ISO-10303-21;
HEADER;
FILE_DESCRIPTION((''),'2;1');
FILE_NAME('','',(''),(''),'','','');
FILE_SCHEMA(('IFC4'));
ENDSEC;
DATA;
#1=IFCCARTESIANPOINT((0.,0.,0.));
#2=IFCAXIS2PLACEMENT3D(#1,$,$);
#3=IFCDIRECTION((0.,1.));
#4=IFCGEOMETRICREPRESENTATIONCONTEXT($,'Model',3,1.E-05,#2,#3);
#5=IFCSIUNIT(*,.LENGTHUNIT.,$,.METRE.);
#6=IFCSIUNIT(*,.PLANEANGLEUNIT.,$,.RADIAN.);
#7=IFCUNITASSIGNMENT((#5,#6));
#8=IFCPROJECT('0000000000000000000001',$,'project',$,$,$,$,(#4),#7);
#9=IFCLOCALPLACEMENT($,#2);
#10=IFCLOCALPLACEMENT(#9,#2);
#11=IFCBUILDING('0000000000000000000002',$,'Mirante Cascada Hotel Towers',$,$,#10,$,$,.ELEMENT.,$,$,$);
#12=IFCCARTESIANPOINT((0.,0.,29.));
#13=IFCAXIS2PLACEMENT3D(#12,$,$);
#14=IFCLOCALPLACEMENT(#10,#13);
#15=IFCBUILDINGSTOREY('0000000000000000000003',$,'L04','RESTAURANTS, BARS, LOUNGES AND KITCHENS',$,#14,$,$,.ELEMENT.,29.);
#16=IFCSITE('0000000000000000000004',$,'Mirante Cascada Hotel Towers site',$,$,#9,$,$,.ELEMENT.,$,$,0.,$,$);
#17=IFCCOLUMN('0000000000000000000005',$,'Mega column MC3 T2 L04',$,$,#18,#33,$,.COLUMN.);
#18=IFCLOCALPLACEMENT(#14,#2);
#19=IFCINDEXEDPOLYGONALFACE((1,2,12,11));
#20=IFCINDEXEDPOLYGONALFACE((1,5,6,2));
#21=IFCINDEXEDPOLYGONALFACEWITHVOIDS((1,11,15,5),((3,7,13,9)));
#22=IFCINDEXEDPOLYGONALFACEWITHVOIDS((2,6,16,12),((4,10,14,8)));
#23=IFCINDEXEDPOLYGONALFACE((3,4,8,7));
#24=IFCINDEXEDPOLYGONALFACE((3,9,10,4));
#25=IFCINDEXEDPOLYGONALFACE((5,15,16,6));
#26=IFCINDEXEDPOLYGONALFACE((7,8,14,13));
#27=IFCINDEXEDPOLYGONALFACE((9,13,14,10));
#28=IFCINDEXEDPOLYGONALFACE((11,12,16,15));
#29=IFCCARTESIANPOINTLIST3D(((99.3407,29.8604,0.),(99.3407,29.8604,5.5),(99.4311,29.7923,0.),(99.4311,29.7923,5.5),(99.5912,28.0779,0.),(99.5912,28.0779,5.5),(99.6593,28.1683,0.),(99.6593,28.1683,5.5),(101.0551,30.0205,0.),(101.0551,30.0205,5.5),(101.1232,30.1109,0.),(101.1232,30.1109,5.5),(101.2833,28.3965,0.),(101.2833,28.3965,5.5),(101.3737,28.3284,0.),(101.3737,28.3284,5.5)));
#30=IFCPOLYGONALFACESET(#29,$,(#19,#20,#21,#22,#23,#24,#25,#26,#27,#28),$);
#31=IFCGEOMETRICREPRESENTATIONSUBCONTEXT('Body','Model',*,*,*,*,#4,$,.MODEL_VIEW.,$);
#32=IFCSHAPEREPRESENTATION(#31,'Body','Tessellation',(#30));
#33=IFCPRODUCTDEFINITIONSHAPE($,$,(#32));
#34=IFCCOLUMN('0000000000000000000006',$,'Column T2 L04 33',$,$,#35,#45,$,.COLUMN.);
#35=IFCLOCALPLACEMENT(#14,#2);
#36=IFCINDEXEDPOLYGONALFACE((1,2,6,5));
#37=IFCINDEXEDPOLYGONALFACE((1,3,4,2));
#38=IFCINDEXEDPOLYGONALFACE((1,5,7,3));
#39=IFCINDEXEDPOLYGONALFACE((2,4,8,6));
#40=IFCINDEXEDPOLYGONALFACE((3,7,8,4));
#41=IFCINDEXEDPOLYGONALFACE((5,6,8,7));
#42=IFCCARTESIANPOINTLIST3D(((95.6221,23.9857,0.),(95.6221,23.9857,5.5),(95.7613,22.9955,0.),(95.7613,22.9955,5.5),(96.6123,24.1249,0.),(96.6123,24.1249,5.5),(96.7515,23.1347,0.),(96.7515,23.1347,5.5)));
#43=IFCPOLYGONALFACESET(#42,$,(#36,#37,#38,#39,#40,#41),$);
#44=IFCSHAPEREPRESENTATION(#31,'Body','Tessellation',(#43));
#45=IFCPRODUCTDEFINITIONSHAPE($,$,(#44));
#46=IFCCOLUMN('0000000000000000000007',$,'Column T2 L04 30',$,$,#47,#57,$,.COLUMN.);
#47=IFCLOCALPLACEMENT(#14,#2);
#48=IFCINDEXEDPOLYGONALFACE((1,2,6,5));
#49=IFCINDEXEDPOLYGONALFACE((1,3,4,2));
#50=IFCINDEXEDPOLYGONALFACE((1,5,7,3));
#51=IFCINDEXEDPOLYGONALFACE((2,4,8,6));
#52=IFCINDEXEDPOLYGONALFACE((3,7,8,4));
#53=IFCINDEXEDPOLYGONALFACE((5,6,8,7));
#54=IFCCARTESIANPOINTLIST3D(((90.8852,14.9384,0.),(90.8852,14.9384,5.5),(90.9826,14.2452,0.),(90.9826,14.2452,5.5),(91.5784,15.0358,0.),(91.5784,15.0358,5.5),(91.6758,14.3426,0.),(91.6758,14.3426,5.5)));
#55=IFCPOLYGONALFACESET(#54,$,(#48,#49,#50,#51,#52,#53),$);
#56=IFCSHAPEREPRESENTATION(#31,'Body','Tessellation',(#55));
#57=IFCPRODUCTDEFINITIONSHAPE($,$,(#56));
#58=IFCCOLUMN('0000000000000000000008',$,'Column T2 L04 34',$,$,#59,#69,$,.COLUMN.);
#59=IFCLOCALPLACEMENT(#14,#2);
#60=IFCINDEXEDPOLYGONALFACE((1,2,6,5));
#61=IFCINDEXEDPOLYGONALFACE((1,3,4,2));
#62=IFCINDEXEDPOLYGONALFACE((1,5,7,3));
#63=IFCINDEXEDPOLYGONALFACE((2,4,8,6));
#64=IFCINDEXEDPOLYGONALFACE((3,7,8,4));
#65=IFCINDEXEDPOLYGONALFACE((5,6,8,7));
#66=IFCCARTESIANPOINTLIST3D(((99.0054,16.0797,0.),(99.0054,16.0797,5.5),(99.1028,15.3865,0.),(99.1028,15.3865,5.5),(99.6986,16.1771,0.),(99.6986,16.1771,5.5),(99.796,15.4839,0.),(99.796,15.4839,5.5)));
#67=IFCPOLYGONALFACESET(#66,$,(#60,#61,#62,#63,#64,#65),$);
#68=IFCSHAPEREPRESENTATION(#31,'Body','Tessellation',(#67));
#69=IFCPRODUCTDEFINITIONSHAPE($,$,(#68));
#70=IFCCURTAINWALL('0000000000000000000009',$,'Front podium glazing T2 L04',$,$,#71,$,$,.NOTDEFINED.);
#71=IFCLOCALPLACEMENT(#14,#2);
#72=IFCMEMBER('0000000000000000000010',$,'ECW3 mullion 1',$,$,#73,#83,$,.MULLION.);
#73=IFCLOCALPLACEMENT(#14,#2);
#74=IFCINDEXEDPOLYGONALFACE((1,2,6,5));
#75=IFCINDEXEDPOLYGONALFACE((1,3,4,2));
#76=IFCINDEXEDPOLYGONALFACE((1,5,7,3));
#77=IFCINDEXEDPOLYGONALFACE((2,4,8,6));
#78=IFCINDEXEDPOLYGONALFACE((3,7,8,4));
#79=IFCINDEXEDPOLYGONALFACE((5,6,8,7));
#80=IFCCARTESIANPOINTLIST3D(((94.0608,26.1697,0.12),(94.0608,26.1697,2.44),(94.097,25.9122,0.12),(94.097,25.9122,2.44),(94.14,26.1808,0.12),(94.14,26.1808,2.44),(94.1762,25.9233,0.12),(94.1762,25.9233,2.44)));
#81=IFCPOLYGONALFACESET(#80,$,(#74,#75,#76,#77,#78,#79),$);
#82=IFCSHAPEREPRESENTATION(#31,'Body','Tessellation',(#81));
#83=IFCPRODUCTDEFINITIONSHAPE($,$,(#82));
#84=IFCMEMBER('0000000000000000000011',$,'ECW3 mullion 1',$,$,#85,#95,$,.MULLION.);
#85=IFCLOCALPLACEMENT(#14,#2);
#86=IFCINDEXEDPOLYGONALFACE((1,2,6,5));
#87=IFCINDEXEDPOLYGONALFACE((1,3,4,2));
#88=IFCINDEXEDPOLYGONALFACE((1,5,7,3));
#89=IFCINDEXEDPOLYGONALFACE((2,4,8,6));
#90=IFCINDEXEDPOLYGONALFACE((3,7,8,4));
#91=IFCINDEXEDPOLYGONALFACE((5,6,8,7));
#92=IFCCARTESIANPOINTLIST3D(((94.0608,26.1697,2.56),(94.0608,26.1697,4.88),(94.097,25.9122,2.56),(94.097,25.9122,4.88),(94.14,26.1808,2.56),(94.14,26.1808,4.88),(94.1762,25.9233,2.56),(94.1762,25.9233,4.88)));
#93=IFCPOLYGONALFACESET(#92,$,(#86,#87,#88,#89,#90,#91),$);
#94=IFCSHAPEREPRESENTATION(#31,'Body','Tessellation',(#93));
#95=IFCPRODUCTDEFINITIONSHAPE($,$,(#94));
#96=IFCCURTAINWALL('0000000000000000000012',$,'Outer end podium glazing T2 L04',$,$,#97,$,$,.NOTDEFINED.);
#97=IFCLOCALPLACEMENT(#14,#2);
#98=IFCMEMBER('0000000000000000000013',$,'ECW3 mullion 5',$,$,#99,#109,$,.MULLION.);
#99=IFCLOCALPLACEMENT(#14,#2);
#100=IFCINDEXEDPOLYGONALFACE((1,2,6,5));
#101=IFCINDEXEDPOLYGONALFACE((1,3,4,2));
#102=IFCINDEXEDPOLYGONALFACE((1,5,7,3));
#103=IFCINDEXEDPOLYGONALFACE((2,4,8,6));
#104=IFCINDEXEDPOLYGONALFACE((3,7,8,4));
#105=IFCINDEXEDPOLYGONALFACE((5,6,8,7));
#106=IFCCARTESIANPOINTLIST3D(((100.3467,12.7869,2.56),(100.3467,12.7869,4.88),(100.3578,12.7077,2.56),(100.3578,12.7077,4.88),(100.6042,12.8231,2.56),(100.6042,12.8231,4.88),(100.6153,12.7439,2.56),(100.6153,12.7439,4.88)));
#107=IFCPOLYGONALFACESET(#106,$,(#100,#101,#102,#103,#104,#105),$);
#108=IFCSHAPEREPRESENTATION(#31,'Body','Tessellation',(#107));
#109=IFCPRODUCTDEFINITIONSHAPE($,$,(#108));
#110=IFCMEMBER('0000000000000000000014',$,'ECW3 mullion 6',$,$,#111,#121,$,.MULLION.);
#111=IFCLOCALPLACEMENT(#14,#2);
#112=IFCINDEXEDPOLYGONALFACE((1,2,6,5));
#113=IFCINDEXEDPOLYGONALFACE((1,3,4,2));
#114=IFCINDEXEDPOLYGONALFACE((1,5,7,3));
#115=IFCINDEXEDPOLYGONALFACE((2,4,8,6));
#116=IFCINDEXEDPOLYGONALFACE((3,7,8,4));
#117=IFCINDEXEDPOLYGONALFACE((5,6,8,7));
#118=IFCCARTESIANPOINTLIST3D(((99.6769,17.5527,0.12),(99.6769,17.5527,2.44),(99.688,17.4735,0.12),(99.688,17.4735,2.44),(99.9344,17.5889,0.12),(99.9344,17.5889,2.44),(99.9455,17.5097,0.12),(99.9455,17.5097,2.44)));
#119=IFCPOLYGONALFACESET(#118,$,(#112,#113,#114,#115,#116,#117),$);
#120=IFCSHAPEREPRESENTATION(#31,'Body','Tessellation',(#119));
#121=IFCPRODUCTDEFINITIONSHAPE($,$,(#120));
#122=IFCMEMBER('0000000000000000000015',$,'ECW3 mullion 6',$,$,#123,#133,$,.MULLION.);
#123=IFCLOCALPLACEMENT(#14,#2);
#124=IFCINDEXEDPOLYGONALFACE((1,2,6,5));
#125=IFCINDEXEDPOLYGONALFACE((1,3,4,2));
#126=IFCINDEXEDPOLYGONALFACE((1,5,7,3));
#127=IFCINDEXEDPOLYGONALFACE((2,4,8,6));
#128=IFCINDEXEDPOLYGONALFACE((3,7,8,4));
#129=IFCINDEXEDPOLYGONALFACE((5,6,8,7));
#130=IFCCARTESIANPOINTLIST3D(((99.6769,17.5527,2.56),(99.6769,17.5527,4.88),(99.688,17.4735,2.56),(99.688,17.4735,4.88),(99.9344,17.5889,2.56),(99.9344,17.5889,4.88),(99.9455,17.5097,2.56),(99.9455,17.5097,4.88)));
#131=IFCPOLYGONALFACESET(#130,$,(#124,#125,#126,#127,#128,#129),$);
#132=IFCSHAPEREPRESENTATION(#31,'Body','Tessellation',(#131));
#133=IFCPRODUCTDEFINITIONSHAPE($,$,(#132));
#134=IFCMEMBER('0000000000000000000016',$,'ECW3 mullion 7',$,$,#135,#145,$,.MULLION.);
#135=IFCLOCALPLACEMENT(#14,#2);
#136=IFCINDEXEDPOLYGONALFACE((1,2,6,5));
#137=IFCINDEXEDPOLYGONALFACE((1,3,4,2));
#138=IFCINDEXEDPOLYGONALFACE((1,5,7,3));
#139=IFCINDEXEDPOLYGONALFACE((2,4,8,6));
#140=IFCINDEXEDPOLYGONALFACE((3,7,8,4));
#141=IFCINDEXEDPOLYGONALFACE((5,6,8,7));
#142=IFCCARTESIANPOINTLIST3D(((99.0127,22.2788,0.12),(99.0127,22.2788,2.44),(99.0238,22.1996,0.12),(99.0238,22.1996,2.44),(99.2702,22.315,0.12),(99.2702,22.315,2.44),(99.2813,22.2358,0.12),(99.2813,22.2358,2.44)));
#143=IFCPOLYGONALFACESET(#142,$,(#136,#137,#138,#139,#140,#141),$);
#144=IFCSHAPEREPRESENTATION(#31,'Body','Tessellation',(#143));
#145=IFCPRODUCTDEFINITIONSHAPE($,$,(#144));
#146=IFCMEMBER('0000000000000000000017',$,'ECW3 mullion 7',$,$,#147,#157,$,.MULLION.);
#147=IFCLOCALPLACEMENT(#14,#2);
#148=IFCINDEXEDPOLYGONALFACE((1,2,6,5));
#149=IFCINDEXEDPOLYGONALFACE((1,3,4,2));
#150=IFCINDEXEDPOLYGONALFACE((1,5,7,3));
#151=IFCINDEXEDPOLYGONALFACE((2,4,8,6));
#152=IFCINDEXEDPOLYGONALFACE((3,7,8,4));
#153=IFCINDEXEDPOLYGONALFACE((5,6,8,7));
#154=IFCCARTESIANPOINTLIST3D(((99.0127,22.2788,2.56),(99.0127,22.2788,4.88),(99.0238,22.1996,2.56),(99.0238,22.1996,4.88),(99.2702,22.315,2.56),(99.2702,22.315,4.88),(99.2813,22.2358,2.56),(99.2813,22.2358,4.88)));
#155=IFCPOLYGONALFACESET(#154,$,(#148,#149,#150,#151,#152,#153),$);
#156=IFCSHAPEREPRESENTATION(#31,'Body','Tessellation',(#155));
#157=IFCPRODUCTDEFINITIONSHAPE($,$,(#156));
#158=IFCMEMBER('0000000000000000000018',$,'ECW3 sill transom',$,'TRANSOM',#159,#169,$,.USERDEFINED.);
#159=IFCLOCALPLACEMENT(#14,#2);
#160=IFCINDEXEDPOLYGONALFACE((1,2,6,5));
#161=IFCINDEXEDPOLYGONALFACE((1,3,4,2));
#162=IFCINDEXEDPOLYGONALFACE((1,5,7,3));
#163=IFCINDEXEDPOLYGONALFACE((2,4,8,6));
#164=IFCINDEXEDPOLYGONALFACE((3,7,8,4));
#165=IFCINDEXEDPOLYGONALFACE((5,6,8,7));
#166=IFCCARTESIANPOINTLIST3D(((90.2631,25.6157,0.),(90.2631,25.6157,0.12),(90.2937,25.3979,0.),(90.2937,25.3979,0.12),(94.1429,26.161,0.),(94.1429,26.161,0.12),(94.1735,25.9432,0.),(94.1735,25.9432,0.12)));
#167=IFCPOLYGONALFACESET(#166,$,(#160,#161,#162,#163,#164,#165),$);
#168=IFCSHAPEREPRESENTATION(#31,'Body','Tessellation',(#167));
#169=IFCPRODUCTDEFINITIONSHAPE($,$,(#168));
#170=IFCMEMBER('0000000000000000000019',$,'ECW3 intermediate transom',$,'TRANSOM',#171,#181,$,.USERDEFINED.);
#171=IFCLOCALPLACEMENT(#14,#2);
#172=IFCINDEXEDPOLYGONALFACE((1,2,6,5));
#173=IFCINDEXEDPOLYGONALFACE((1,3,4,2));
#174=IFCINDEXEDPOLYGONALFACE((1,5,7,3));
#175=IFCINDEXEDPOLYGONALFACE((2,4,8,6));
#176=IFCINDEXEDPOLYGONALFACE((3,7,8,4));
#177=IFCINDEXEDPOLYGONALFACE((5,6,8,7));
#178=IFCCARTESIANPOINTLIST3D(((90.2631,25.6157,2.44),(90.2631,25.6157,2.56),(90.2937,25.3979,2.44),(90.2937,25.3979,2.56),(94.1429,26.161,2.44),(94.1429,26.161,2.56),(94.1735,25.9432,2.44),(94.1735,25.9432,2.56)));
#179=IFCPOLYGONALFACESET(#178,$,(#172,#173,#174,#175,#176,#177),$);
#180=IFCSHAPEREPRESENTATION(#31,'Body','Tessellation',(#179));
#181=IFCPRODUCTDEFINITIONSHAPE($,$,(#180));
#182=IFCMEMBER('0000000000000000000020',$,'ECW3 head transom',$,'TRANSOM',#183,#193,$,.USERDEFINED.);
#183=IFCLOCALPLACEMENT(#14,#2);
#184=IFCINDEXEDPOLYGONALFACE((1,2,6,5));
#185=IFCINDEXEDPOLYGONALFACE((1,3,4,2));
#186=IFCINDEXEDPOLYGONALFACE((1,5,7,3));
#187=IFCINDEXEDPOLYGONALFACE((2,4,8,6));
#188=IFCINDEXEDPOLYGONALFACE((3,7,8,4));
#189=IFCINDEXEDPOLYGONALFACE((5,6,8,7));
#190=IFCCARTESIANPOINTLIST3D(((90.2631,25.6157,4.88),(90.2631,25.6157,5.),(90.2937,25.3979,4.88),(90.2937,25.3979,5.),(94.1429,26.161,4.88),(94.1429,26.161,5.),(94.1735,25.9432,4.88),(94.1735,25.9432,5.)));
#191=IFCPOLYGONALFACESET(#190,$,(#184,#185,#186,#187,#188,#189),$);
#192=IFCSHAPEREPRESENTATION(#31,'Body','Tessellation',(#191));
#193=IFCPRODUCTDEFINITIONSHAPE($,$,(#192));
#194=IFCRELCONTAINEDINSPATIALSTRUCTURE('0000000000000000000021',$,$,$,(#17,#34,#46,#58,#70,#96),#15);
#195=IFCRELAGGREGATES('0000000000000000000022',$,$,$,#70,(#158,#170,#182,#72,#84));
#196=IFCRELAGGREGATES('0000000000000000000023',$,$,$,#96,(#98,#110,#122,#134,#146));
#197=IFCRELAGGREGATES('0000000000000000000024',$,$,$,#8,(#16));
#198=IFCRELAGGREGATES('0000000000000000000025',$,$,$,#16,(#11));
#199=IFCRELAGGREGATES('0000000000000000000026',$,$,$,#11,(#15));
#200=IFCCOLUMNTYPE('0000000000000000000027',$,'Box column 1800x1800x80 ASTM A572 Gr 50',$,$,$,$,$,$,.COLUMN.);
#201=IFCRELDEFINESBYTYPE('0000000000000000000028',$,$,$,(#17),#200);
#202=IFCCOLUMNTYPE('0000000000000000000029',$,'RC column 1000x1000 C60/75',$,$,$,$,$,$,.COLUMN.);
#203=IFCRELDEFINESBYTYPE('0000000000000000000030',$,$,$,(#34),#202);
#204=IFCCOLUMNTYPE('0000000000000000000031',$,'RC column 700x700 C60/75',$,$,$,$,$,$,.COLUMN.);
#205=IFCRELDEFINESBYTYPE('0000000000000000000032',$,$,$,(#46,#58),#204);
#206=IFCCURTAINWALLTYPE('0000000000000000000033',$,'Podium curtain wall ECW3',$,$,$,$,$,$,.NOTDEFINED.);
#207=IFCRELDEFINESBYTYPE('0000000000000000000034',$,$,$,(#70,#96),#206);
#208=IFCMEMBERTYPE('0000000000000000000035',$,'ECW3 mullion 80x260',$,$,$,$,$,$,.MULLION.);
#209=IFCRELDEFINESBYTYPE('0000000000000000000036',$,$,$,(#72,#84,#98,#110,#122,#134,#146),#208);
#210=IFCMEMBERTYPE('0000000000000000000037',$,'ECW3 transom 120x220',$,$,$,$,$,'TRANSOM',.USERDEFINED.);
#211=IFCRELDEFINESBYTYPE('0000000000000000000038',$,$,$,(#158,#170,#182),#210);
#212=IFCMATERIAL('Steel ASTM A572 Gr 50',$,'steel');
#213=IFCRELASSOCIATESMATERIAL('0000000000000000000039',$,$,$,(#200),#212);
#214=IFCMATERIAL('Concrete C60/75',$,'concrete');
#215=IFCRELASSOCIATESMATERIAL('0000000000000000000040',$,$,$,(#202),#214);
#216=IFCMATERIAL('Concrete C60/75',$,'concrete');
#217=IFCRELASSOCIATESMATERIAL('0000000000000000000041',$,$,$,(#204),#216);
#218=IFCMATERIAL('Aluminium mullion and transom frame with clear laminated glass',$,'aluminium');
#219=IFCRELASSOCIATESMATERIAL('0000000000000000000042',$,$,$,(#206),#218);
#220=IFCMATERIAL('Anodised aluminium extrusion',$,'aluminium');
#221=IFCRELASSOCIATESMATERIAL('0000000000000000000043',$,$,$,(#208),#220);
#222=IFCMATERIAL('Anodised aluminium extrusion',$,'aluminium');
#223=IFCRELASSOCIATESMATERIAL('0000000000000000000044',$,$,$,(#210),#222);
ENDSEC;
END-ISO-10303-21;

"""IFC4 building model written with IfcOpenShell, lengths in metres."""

from ifc_helpers import new_model, si_unit, direction, frame, origin, origin_2d, place, context, subcontext, project, spatial, rectangle, hollow_rectangle, extrude, material, material_profile, profile_set, type_object, element, aggregate, save


model = new_model("IFC4")

# Units and contexts
model_context = context("Model", 3, precision=1e-05, world=origin(), true_north=direction((0.0, 1.0)))
body_context = subcontext(model_context, "Body", "Model", "MODEL_VIEW")
ifc_project = project(units=[si_unit("LENGTHUNIT", "METRE"), si_unit("PLANEANGLEUNIT", "RADIAN")], contexts=[model_context])

# Site, building, storey
site_placement = place(None, origin())
site = spatial("IfcSite", under=ifc_project, at=site_placement, Name="Mirante Cascada Hotel Towers site", CompositionType="ELEMENT", RefElevation=0.0)
building_placement = place(site_placement, origin())
building = spatial("IfcBuilding", under=site, at=building_placement, Name="Mirante Cascada Hotel Towers", CompositionType="ELEMENT")
storey_placement = place(building_placement, frame((0.0, 0.0, 29.0)))
storey = spatial("IfcBuildingStorey", under=building, at=storey_placement, Name="L04", Description="RESTAURANTS, BARS, LOUNGES AND KITCHENS", CompositionType="ELEMENT", Elevation=29.0)

# Columns
ifc_material_1 = material(Name="Steel ASTM A572 Gr 50", Category="steel")
ifc_material_profile_1 = material_profile(ifc_material_1, hollow_rectangle(XDim=1.8, YDim=1.8, WallThickness=0.08, at=origin_2d()), Name="Box column 1800x1800x80 ASTM A572 Gr 50")
ifc_profile_set_1 = profile_set([ifc_material_profile_1], Name="Steel ASTM A572 Gr 50")
column_type_1 = type_object("IfcColumnType", Name="Box column 1800x1800x80 ASTM A572 Gr 50", PredefinedType="COLUMN", material=ifc_profile_set_1)
column_1_placement = place(storey_placement, frame((100.3572, 29.0944, 0.0), z_axis=(0.0, 0.0, 1.0), x_axis=(0.990268, 0.139173, 0.0)))
element("IfcColumn", 1, at=column_1_placement, inside=storey, type_object=column_type_1, Name="Mega column MC3 T2 L04", PredefinedType="COLUMN", context=body_context, shape_type="SweptSolid", body=[
    extrude(hollow_rectangle(XDim=1.8, YDim=1.8, WallThickness=0.08, at=origin_2d()), origin(), (0.0, 0.0, 1.0), 5.5),
])
ifc_material_2 = material(Name="Concrete C60/75", Category="concrete")
ifc_material_profile_2 = material_profile(ifc_material_2, rectangle(XDim=1.0, YDim=1.0, at=origin_2d()), Name="RC column 1000x1000 C60/75")
ifc_profile_set_2 = profile_set([ifc_material_profile_2], Name="Concrete C60/75")
column_type_2 = type_object("IfcColumnType", Name="RC column 1000x1000 C60/75", PredefinedType="COLUMN", material=ifc_profile_set_2)
column_2_placement = place(storey_placement, frame((96.1868, 23.5602, 0.0), z_axis=(0.0, 0.0, 1.0), x_axis=(0.990268, 0.139173, 0.0)))
element("IfcColumn", 2, at=column_2_placement, inside=storey, type_object=column_type_2, Name="Column T2 L04 33", PredefinedType="COLUMN", context=body_context, shape_type="SweptSolid", body=[
    extrude(rectangle(XDim=1.0, YDim=1.0, at=origin_2d()), origin(), (0.0, 0.0, 1.0), 5.5),
])
ifc_material_3 = material(Name="Concrete C60/75", Category="concrete")
ifc_material_profile_3 = material_profile(ifc_material_3, rectangle(XDim=0.7, YDim=0.7, at=origin_2d()), Name="RC column 700x700 C60/75")
ifc_profile_set_3 = profile_set([ifc_material_profile_3], Name="Concrete C60/75")
column_type_3 = type_object("IfcColumnType", Name="RC column 700x700 C60/75", PredefinedType="COLUMN", material=ifc_profile_set_3)
for number, where, z_axis, x_axis, name in (
    (3, (91.2805, 14.6405, 0.0), (0.0, 0.0, 1.0), (0.990268, 0.139173, 0.0), "Column T2 L04 30"),
    (4, (99.4007, 15.7818, 0.0), (0.0, 0.0, 1.0), (0.990268, 0.139173, 0.0), "Column T2 L04 34"),
):
    element("IfcColumn", number, at=place(storey_placement, frame(where, z_axis=z_axis, x_axis=x_axis)), inside=storey, type_object=column_type_3, Name=name, PredefinedType="COLUMN", context=body_context, shape_type="SweptSolid", body=[
        extrude(rectangle(XDim=0.7, YDim=0.7, at=origin_2d()), origin(), (0.0, 0.0, 1.0), 5.5),
    ])

# Curtain walls, members
ifc_material_4 = material(Name="Aluminium mullion and transom frame with clear laminated glass", Category="aluminium")
curtain_wall_type = type_object("IfcCurtainWallType", Name="Podium curtain wall ECW3", PredefinedType="NOTDEFINED", material=ifc_material_4)
curtain_wall_1_placement = place(storey_placement, origin())
curtain_wall_1 = element("IfcCurtainWall", 5, at=curtain_wall_1_placement, inside=storey, type_object=curtain_wall_type, Name="Front podium glazing T2 L04", PredefinedType="NOTDEFINED")
ifc_material_5 = material(Name="Anodised aluminium extrusion", Category="aluminium")
ifc_material_profile_4 = material_profile(ifc_material_5, rectangle(XDim=0.26, YDim=0.08, at=origin_2d()), Name="ECW3 MULLION 80x260")
ifc_profile_set_4 = profile_set([ifc_material_profile_4], Name="Anodised aluminium extrusion")
member_type_1 = type_object("IfcMemberType", Name="ECW3 mullion 80x260", PredefinedType="MULLION", material=ifc_profile_set_4)
member_1_placement = place(storey_placement, frame((94.1185, 26.0465, 0.12), z_axis=(0.0, 0.0, 1.0), x_axis=(0.139173, -0.990268, 0.0)))
member_1 = element("IfcMember", 6, at=member_1_placement, type_object=member_type_1, Name="ECW3 mullion 1", PredefinedType="MULLION", context=body_context, shape_type="SweptSolid", body=[
    extrude(rectangle(XDim=0.26, YDim=0.08, at=origin_2d()), origin(), (0.0, 0.0, 1.0), 2.32),
])
member_2_placement = place(storey_placement, frame((94.1185, 26.0465, 2.56), z_axis=(0.0, 0.0, 1.0), x_axis=(0.139173, -0.990268, 0.0)))
member_2 = element("IfcMember", 7, at=member_2_placement, type_object=member_type_1, Name="ECW3 mullion 1", PredefinedType="MULLION", context=body_context, shape_type="SweptSolid", body=[
    extrude(rectangle(XDim=0.26, YDim=0.08, at=origin_2d()), origin(), (0.0, 0.0, 1.0), 2.32),
])
curtain_wall_2_placement = place(storey_placement, origin())
curtain_wall_2 = element("IfcCurtainWall", 8, at=curtain_wall_2_placement, inside=storey, type_object=curtain_wall_type, Name="Outer end podium glazing T2 L04", PredefinedType="NOTDEFINED")
member_3_placement = place(storey_placement, frame((100.481, 12.7654, 2.56), z_axis=(0.0, 0.0, 1.0), x_axis=(-0.990268, -0.139173, 0.0)))
member_3 = element("IfcMember", 9, at=member_3_placement, type_object=member_type_1, Name="ECW3 mullion 5", PredefinedType="MULLION", context=body_context, shape_type="SweptSolid", body=[
    extrude(rectangle(XDim=0.26, YDim=0.08, at=origin_2d()), origin(), (0.0, 0.0, 1.0), 2.32),
])
member_4_placement = place(storey_placement, frame((99.8112, 17.5312, 0.12), z_axis=(0.0, 0.0, 1.0), x_axis=(-0.990268, -0.139173, 0.0)))
member_4 = element("IfcMember", 10, at=member_4_placement, type_object=member_type_1, Name="ECW3 mullion 6", PredefinedType="MULLION", context=body_context, shape_type="SweptSolid", body=[
    extrude(rectangle(XDim=0.26, YDim=0.08, at=origin_2d()), origin(), (0.0, 0.0, 1.0), 2.32),
])
member_5_placement = place(storey_placement, frame((99.8112, 17.5312, 2.56), z_axis=(0.0, 0.0, 1.0), x_axis=(-0.990268, -0.139173, 0.0)))
member_5 = element("IfcMember", 11, at=member_5_placement, type_object=member_type_1, Name="ECW3 mullion 6", PredefinedType="MULLION", context=body_context, shape_type="SweptSolid", body=[
    extrude(rectangle(XDim=0.26, YDim=0.08, at=origin_2d()), origin(), (0.0, 0.0, 1.0), 2.32),
])
member_6_placement = place(storey_placement, frame((99.147, 22.2573, 0.12), z_axis=(0.0, 0.0, 1.0), x_axis=(-0.990268, -0.139173, 0.0)))
member_6 = element("IfcMember", 12, at=member_6_placement, type_object=member_type_1, Name="ECW3 mullion 7", PredefinedType="MULLION", context=body_context, shape_type="SweptSolid", body=[
    extrude(rectangle(XDim=0.26, YDim=0.08, at=origin_2d()), origin(), (0.0, 0.0, 1.0), 2.32),
])
member_7_placement = place(storey_placement, frame((99.147, 22.2573, 2.56), z_axis=(0.0, 0.0, 1.0), x_axis=(-0.990268, -0.139173, 0.0)))
member_7 = element("IfcMember", 13, at=member_7_placement, type_object=member_type_1, Name="ECW3 mullion 7", PredefinedType="MULLION", context=body_context, shape_type="SweptSolid", body=[
    extrude(rectangle(XDim=0.26, YDim=0.08, at=origin_2d()), origin(), (0.0, 0.0, 1.0), 2.32),
])

# Members
ifc_material_6 = material(Name="Anodised aluminium extrusion", Category="aluminium")
ifc_material_profile_5 = material_profile(ifc_material_6, rectangle(XDim=0.22, YDim=0.12, at=origin_2d()), Name="ECW3 TRANSOM 120x220")
ifc_profile_set_5 = profile_set([ifc_material_profile_5], Name="Anodised aluminium extrusion")
member_type_2 = type_object("IfcMemberType", Name="ECW3 transom 120x220", ElementType="TRANSOM", PredefinedType="USERDEFINED", material=ifc_profile_set_5)
member_8_placement = place(storey_placement, frame((94.1582, 26.0521, 0.06), z_axis=(-0.990267, -0.139181, 0.0), x_axis=(0.139181, -0.990267, 0.0)))
member_8 = element("IfcMember", 14, at=member_8_placement, type_object=member_type_2, Name="ECW3 sill transom", ObjectType="TRANSOM", PredefinedType="USERDEFINED", context=body_context, shape_type="SweptSolid", body=[
    extrude(rectangle(XDim=0.22, YDim=0.12, at=origin_2d()), origin(), (0.0, 0.0, 1.0), 3.9179),
])
member_9_placement = place(storey_placement, frame((94.1582, 26.0521, 2.5), z_axis=(-0.990267, -0.139181, 0.0), x_axis=(0.139181, -0.990267, 0.0)))
member_9 = element("IfcMember", 15, at=member_9_placement, type_object=member_type_2, Name="ECW3 intermediate transom", ObjectType="TRANSOM", PredefinedType="USERDEFINED", context=body_context, shape_type="SweptSolid", body=[
    extrude(rectangle(XDim=0.22, YDim=0.12, at=origin_2d()), origin(), (0.0, 0.0, 1.0), 3.9179),
])
member_10_placement = place(storey_placement, frame((94.1582, 26.0521, 4.94), z_axis=(-0.990267, -0.139181, 0.0), x_axis=(0.139181, -0.990267, 0.0)))
member_10 = element("IfcMember", 16, at=member_10_placement, type_object=member_type_2, Name="ECW3 head transom", ObjectType="TRANSOM", PredefinedType="USERDEFINED", context=body_context, shape_type="SweptSolid", body=[
    extrude(rectangle(XDim=0.22, YDim=0.12, at=origin_2d()), origin(), (0.0, 0.0, 1.0), 3.9179),
])

aggregate(curtain_wall_1, [member_8, member_9, member_10, member_1, member_2])
aggregate(curtain_wall_2, [member_3, member_4, member_5, member_6, member_7])

save(model, "model.ifc")
